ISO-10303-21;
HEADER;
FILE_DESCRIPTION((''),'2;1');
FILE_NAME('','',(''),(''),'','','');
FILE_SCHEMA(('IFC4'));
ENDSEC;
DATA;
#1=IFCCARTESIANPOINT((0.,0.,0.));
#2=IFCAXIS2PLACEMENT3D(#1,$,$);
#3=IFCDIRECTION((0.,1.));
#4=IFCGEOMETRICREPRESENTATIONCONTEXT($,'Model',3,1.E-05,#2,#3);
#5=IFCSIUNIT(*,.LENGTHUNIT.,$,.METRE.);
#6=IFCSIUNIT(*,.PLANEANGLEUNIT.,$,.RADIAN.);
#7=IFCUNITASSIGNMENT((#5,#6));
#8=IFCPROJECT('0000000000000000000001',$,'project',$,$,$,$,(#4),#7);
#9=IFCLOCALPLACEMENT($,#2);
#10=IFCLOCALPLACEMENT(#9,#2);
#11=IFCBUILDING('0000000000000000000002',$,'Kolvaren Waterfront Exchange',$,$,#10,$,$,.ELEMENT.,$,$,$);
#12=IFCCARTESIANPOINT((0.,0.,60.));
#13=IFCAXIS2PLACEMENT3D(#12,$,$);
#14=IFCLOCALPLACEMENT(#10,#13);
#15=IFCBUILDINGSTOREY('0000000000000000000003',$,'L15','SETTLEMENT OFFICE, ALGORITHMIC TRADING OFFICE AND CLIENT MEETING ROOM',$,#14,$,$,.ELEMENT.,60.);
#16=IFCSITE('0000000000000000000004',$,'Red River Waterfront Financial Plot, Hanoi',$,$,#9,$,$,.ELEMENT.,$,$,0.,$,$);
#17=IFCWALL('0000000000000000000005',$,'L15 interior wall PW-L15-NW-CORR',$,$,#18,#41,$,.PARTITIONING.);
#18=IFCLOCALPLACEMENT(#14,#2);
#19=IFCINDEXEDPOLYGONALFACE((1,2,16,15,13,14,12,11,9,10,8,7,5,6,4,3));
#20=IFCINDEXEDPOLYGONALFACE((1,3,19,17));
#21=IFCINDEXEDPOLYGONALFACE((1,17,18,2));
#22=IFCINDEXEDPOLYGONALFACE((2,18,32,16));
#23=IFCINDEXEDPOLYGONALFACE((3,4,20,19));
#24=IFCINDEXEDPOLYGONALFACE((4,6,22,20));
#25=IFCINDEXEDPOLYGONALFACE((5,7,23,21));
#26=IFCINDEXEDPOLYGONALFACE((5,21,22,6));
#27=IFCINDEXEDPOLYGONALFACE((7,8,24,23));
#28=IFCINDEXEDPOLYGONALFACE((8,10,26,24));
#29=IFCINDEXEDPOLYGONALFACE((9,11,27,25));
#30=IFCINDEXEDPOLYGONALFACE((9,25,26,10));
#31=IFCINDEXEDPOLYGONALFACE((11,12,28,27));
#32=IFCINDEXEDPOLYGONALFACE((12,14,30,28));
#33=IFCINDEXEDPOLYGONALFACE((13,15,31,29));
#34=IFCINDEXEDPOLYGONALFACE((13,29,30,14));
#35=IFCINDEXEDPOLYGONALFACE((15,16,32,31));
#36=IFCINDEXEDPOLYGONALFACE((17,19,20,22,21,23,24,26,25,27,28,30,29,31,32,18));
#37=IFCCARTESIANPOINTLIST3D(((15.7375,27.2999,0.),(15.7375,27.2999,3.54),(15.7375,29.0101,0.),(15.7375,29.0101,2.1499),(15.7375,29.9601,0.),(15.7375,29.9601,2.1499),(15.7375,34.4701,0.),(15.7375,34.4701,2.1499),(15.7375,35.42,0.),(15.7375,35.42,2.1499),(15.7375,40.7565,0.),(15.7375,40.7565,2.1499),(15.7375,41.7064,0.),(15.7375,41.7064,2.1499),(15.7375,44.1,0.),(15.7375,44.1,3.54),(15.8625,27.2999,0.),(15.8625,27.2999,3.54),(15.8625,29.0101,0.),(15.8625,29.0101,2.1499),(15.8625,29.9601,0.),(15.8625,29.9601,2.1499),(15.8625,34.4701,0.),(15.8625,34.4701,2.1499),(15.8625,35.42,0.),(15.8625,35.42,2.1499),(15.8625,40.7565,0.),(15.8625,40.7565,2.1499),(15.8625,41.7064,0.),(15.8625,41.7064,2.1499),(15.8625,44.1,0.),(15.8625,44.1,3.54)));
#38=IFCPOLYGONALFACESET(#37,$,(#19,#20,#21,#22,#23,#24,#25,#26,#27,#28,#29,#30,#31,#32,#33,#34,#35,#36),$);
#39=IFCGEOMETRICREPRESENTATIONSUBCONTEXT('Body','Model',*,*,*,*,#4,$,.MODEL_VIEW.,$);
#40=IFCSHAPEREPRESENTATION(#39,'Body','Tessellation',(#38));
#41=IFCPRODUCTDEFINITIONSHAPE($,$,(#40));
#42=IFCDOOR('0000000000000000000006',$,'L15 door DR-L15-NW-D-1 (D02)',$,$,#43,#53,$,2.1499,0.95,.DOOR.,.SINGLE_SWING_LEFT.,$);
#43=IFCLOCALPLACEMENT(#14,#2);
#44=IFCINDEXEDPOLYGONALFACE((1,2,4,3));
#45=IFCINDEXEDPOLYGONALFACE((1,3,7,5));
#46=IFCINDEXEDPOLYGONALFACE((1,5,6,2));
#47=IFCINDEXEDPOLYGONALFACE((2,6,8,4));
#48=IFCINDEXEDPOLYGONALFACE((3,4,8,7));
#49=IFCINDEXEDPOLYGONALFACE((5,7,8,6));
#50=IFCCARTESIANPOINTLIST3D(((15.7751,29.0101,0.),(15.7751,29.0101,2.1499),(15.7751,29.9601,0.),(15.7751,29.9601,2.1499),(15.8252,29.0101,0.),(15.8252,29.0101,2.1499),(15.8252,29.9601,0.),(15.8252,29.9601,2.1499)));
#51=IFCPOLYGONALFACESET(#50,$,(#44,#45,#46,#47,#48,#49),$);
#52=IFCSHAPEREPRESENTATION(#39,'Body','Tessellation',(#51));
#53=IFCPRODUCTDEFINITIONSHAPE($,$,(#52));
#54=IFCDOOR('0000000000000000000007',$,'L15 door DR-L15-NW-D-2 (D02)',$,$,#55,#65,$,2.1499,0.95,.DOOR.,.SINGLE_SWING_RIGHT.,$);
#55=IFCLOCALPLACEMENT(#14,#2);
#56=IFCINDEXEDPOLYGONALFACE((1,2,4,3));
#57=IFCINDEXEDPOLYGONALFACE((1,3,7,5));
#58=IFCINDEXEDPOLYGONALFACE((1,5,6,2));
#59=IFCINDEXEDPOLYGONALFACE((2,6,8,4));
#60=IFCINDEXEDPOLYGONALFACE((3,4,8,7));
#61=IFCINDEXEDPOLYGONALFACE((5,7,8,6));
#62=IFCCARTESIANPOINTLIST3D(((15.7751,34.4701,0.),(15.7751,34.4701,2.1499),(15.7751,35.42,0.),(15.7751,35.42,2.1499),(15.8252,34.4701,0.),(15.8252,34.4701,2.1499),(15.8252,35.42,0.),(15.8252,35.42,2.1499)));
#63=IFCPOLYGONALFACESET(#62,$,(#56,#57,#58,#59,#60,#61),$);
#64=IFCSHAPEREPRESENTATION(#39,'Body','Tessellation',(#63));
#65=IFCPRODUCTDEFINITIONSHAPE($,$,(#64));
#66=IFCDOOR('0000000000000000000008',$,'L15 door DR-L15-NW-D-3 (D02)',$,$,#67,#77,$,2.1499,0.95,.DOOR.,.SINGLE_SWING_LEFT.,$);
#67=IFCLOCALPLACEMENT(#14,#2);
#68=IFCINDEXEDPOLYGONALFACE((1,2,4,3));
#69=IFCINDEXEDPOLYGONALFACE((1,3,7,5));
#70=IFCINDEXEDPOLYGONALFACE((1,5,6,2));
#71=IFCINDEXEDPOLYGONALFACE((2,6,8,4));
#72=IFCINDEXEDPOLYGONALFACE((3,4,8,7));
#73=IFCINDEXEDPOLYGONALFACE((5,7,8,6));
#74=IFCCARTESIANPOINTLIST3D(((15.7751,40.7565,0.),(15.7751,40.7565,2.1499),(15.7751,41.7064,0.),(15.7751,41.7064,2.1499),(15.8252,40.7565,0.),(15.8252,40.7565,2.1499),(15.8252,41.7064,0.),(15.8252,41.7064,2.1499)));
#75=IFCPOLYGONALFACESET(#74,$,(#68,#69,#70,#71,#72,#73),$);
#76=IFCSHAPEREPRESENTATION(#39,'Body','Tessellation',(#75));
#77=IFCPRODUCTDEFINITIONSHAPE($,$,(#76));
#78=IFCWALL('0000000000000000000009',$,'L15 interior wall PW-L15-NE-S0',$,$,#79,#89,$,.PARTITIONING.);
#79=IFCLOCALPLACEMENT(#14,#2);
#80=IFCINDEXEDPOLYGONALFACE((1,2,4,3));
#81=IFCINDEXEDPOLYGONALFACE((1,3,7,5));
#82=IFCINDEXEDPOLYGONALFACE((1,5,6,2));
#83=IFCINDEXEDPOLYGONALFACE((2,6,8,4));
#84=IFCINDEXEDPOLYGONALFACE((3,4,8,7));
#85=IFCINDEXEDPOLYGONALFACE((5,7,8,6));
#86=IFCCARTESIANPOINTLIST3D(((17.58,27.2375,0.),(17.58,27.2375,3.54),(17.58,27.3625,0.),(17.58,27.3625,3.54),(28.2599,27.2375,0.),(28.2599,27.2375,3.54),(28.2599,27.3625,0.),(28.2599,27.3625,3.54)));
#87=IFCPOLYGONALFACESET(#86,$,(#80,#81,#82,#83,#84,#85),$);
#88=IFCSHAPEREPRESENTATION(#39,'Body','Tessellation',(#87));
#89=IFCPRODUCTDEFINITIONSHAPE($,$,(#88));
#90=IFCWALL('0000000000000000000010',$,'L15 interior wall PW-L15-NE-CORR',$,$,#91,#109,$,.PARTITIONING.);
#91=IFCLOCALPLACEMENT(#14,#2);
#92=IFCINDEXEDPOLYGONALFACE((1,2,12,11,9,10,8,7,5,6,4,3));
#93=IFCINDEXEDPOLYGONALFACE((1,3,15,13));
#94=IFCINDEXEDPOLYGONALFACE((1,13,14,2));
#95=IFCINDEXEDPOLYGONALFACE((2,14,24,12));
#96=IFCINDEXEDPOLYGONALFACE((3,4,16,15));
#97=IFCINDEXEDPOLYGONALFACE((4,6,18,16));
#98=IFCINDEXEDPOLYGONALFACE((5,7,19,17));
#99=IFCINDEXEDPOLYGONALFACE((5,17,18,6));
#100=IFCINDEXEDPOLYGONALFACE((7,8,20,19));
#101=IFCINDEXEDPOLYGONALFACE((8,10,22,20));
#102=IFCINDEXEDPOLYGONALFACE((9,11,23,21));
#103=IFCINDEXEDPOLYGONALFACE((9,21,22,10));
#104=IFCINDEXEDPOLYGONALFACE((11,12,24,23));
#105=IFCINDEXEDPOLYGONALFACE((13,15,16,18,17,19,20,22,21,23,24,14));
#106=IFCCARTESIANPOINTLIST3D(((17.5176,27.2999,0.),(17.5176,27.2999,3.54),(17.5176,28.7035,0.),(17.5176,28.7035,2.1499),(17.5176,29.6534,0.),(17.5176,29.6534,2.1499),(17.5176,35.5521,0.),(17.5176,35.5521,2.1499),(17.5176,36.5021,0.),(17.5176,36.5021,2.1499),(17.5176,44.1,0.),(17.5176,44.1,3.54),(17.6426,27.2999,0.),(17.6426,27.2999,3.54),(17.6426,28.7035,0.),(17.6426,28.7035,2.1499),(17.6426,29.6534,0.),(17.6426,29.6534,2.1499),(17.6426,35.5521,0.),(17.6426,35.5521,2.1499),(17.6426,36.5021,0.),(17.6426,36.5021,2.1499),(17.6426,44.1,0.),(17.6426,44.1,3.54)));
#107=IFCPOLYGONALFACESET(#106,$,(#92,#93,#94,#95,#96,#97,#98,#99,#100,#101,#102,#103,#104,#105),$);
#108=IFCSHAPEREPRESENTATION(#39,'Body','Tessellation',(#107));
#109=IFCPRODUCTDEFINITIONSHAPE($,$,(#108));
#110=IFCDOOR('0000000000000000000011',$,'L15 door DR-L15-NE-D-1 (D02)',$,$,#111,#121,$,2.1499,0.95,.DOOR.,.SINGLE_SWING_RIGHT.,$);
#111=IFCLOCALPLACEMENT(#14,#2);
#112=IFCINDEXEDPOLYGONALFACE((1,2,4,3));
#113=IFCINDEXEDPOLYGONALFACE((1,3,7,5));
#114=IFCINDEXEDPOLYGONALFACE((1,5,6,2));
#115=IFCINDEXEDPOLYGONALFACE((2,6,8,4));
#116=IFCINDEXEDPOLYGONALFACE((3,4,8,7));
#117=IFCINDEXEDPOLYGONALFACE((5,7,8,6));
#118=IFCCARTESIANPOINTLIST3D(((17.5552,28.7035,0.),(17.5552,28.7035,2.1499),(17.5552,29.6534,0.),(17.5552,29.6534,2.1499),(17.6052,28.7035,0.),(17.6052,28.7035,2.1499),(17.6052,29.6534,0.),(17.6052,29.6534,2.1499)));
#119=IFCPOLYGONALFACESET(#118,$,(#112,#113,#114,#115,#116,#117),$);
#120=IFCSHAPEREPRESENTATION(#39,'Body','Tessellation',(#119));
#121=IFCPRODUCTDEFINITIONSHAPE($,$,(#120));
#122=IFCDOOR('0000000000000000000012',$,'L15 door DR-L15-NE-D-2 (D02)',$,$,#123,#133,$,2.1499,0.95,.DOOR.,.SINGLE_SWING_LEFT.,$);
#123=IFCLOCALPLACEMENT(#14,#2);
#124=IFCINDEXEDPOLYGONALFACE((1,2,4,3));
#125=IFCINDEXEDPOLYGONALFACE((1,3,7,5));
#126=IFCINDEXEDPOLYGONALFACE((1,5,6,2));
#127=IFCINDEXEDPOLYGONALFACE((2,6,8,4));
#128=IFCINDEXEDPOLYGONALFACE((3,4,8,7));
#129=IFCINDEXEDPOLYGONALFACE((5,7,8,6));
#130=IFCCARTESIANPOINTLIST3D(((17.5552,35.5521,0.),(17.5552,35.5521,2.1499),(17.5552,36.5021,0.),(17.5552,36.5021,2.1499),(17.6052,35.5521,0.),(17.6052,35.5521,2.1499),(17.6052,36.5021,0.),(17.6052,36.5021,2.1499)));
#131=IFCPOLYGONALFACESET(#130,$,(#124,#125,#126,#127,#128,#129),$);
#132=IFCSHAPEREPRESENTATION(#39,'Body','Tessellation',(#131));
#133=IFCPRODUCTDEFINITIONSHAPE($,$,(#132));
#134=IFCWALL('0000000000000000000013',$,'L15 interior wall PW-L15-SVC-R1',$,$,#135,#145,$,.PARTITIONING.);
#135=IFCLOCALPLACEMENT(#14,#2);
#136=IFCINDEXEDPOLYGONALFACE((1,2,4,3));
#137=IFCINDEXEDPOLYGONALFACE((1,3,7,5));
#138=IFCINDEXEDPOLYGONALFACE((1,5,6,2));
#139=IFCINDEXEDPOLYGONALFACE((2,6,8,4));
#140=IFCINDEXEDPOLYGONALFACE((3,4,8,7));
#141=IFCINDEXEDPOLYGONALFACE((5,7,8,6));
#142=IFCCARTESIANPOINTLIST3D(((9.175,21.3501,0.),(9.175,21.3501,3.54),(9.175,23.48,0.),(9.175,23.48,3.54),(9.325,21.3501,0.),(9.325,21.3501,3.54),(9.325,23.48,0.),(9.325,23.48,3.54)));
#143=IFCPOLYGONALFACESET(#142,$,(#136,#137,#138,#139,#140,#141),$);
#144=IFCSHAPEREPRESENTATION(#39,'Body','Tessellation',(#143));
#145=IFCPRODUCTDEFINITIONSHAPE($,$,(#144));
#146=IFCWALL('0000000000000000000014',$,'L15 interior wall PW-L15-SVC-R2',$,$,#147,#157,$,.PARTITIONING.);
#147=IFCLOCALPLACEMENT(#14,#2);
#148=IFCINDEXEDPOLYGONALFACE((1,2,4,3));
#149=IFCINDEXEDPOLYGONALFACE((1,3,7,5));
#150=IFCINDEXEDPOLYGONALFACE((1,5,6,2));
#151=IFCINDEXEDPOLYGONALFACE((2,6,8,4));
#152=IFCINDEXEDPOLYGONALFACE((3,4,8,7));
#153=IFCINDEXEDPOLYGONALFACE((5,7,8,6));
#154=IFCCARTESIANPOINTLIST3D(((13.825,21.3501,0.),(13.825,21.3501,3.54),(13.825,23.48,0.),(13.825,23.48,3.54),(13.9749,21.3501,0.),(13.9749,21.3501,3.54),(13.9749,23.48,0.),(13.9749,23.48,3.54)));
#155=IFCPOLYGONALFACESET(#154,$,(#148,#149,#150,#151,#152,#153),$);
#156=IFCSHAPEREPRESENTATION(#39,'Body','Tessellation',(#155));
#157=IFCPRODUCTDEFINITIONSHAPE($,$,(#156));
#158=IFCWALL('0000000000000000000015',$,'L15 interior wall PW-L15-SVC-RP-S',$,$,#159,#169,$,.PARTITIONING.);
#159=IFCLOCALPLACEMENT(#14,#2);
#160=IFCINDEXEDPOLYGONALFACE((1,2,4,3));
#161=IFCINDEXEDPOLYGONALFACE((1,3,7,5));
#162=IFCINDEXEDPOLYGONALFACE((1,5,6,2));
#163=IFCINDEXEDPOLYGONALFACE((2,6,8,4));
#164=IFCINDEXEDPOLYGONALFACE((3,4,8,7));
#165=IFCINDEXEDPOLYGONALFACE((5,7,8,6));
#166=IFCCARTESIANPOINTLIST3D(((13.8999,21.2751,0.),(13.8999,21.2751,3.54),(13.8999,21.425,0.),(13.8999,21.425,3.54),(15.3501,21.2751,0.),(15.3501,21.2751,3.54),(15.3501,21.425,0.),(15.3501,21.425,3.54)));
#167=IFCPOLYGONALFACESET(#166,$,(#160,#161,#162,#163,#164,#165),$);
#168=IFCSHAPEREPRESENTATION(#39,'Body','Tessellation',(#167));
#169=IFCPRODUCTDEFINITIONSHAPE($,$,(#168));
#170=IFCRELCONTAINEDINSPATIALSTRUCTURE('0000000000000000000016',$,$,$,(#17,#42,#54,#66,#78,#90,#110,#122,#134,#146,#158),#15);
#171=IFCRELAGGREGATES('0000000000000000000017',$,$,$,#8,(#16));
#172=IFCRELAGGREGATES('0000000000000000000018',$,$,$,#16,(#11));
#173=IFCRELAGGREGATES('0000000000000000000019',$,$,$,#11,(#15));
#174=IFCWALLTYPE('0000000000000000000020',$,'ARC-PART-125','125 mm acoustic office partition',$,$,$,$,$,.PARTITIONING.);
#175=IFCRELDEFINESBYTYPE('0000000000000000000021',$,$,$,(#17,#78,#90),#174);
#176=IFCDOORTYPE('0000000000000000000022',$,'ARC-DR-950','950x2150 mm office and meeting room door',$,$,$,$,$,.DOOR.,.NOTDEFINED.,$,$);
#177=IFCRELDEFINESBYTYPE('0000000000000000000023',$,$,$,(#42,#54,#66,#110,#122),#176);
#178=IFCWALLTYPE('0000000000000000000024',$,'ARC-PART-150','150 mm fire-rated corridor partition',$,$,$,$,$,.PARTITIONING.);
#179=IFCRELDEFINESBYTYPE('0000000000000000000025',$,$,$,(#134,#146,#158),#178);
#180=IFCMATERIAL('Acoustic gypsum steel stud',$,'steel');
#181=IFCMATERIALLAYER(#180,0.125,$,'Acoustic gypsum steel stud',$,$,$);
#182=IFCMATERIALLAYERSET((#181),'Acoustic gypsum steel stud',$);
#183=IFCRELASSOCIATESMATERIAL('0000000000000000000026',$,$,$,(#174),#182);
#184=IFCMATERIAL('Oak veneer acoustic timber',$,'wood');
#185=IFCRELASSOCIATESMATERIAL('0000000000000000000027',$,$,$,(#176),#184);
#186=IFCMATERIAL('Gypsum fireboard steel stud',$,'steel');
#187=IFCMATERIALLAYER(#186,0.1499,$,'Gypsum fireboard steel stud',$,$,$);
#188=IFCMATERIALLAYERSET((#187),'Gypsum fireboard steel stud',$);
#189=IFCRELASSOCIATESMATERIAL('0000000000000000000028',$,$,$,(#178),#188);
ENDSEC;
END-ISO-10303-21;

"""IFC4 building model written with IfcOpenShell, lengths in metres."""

from ifc_helpers import new_model, si_unit, direction, frame, frame_2d, origin, place, context, subcontext, project, spatial, rectangle, extrude, material, layer, layer_set, type_object, element, fill, save


model = new_model("IFC4")

# Units and contexts
model_context = context("Model", 3, precision=1e-05, world=origin(), true_north=direction((0.0, 1.0)))
body_context = subcontext(model_context, "Body", "Model", "MODEL_VIEW")
ifc_project = project(units=[si_unit("LENGTHUNIT", "METRE"), si_unit("PLANEANGLEUNIT", "RADIAN")], contexts=[model_context])

# Site, building, storey
site_placement = place(None, origin())
site = spatial("IfcSite", under=ifc_project, at=site_placement, Name="Red River Waterfront Financial Plot, Hanoi", CompositionType="ELEMENT", RefElevation=0.0)
building_placement = place(site_placement, origin())
building = spatial("IfcBuilding", under=site, at=building_placement, Name="Kolvaren Waterfront Exchange", CompositionType="ELEMENT")
storey_placement = place(building_placement, frame((0.0, 0.0, 60.0)))
storey = spatial("IfcBuildingStorey", under=building, at=storey_placement, Name="L15", Description="SETTLEMENT OFFICE, ALGORITHMIC TRADING OFFICE AND CLIENT MEETING ROOM", CompositionType="ELEMENT", Elevation=60.0)

# Shared definitions
ifc_material_1 = material(Name="Acoustic gypsum steel stud", Category="steel")
ifc_layer_1 = layer(ifc_material_1, 0.125, Name="Acoustic gypsum steel stud")
ifc_layer_set_1 = layer_set([ifc_layer_1], Name="Acoustic gypsum steel stud")
wall_type_1 = type_object("IfcWallType", Name="ARC-PART-125", Description="125 mm acoustic office partition", PredefinedType="PARTITIONING", material=ifc_layer_set_1)
ifc_material_2 = material(Name="Oak veneer acoustic timber", Category="wood")
door_type_1 = type_object("IfcDoorType", Name="ARC-DR-950", Description="950x2150 mm office and meeting room door", OperationType="NOTDEFINED", PredefinedType="DOOR", material=ifc_material_2)

# Wall, openings, doors
wall_1_placement = place(storey_placement, frame((15.8, 27.3, 0.0), z_axis=(0.0, 0.0, 1.0), x_axis=(0.0, 1.0, 0.0)))
wall_1 = element("IfcWall", 1, at=wall_1_placement, inside=storey, type_object=wall_type_1, Name="L15 interior wall PW-L15-NW-CORR", PredefinedType="PARTITIONING", context=body_context, shape_type="SweptSolid", body=[
    extrude(rectangle(XDim=16.8, YDim=0.125, at=frame_2d((8.3999, 0.0))), origin(), (0.0, 0.0, 1.0), 3.54),
])
opening_1_placement = place(wall_1_placement, frame((1.71, 0.0, 0.0)))
opening_1 = element("IfcOpeningElement", 2, at=opening_1_placement, cuts=wall_1, PredefinedType="OPENING", context=body_context, shape_type="SweptSolid", body=[
    extrude(rectangle(XDim=0.95, YDim=2.1499, at=frame_2d((0.4751, 1.075))), frame((0.0, 0.0725, 0.0), z_axis=(0.0, -1.0, 0.0), x_axis=(1.0, 0.0, 0.0)), (0.0, 0.0, 1.0), 0.145),
])
opening_2_placement = place(wall_1_placement, frame((7.1699, 0.0, 0.0)))
opening_2 = element("IfcOpeningElement", 3, at=opening_2_placement, cuts=wall_1, PredefinedType="OPENING", context=body_context, shape_type="SweptSolid", body=[
    extrude(rectangle(XDim=0.95, YDim=2.1499, at=frame_2d((0.4751, 1.075))), frame((0.0, 0.0725, 0.0), z_axis=(0.0, -1.0, 0.0), x_axis=(1.0, 0.0, 0.0)), (0.0, 0.0, 1.0), 0.145),
])
opening_3_placement = place(wall_1_placement, frame((13.4563, 0.0, 0.0)))
opening_3 = element("IfcOpeningElement", 4, at=opening_3_placement, cuts=wall_1, PredefinedType="OPENING", context=body_context, shape_type="SweptSolid", body=[
    extrude(rectangle(XDim=0.95, YDim=2.1499, at=frame_2d((0.4751, 1.075))), frame((0.0, 0.0725, 0.0), z_axis=(0.0, -1.0, 0.0), x_axis=(1.0, 0.0, 0.0)), (0.0, 0.0, 1.0), 0.145),
])
door_1_placement = place(opening_1_placement, origin())
door_1 = element("IfcDoor", 5, at=door_1_placement, inside=storey, type_object=door_type_1, Name="L15 door DR-L15-NW-D-1 (D02)", OperationType="SINGLE_SWING_LEFT", OverallHeight=2.1499, OverallWidth=0.95, PredefinedType="DOOR", context=body_context, shape_type="SweptSolid", body=[
    extrude(rectangle(XDim=0.95, YDim=2.1499, at=frame_2d((0.4751, 1.075))), frame((0.0, 0.0249, 0.0), z_axis=(0.0, -1.0, 0.0), x_axis=(1.0, 0.0, 0.0)), (0.0, 0.0, 1.0), 0.05),
])
fill(opening_1, door_1)
door_2_placement = place(opening_2_placement, origin())
door_2 = element("IfcDoor", 6, at=door_2_placement, inside=storey, type_object=door_type_1, Name="L15 door DR-L15-NW-D-2 (D02)", OperationType="SINGLE_SWING_RIGHT", OverallHeight=2.1499, OverallWidth=0.95, PredefinedType="DOOR", context=body_context, shape_type="SweptSolid", body=[
    extrude(rectangle(XDim=0.95, YDim=2.1499, at=frame_2d((0.4751, 1.075))), frame((0.0, 0.0249, 0.0), z_axis=(0.0, -1.0, 0.0), x_axis=(1.0, 0.0, 0.0)), (0.0, 0.0, 1.0), 0.05),
])
fill(opening_2, door_2)
door_3_placement = place(opening_3_placement, origin())
door_3 = element("IfcDoor", 7, at=door_3_placement, inside=storey, type_object=door_type_1, Name="L15 door DR-L15-NW-D-3 (D02)", OperationType="SINGLE_SWING_LEFT", OverallHeight=2.1499, OverallWidth=0.95, PredefinedType="DOOR", context=body_context, shape_type="SweptSolid", body=[
    extrude(rectangle(XDim=0.95, YDim=2.1499, at=frame_2d((0.4751, 1.075))), frame((0.0, 0.0249, 0.0), z_axis=(0.0, -1.0, 0.0), x_axis=(1.0, 0.0, 0.0)), (0.0, 0.0, 1.0), 0.05),
])
fill(opening_3, door_3)

# Wall
wall_2_placement = place(storey_placement, frame((17.5801, 27.3, 0.0), z_axis=(0.0, 0.0, 1.0), x_axis=(1.0, 0.0, 0.0)))
element("IfcWall", 8, at=wall_2_placement, inside=storey, type_object=wall_type_1, Name="L15 interior wall PW-L15-NE-S0", PredefinedType="PARTITIONING", context=body_context, shape_type="SweptSolid", body=[
    extrude(rectangle(XDim=10.6799, YDim=0.125, at=frame_2d((5.3398, 0.0))), origin(), (0.0, 0.0, 1.0), 3.54),
])

# Wall, openings, doors
wall_3_placement = place(storey_placement, frame((17.5801, 27.3, 0.0), z_axis=(0.0, 0.0, 1.0), x_axis=(0.0, 1.0, 0.0)))
wall_3 = element("IfcWall", 9, at=wall_3_placement, inside=storey, type_object=wall_type_1, Name="L15 interior wall PW-L15-NE-CORR", PredefinedType="PARTITIONING", context=body_context, shape_type="SweptSolid", body=[
    extrude(rectangle(XDim=16.8, YDim=0.125, at=frame_2d((8.3999, 0.0))), origin(), (0.0, 0.0, 1.0), 3.54),
])
opening_4_placement = place(wall_3_placement, frame((1.4033, 0.0, 0.0)))
opening_4 = element("IfcOpeningElement", 10, at=opening_4_placement, cuts=wall_3, PredefinedType="OPENING", context=body_context, shape_type="SweptSolid", body=[
    extrude(rectangle(XDim=0.95, YDim=2.1499, at=frame_2d((0.4751, 1.075))), frame((0.0, 0.0725, 0.0), z_axis=(0.0, -1.0, 0.0), x_axis=(1.0, 0.0, 0.0)), (0.0, 0.0, 1.0), 0.145),
])
opening_5_placement = place(wall_3_placement, frame((8.252, 0.0, 0.0)))
opening_5 = element("IfcOpeningElement", 11, at=opening_5_placement, cuts=wall_3, PredefinedType="OPENING", context=body_context, shape_type="SweptSolid", body=[
    extrude(rectangle(XDim=0.95, YDim=2.1499, at=frame_2d((0.4751, 1.075))), frame((0.0, 0.0725, 0.0), z_axis=(0.0, -1.0, 0.0), x_axis=(1.0, 0.0, 0.0)), (0.0, 0.0, 1.0), 0.145),
])
door_4_placement = place(opening_4_placement, origin())
door_4 = element("IfcDoor", 12, at=door_4_placement, inside=storey, type_object=door_type_1, Name="L15 door DR-L15-NE-D-1 (D02)", OperationType="SINGLE_SWING_RIGHT", OverallHeight=2.1499, OverallWidth=0.95, PredefinedType="DOOR", context=body_context, shape_type="SweptSolid", body=[
    extrude(rectangle(XDim=0.95, YDim=2.1499, at=frame_2d((0.4751, 1.075))), frame((0.0, 0.0249, 0.0), z_axis=(0.0, -1.0, 0.0), x_axis=(1.0, 0.0, 0.0)), (0.0, 0.0, 1.0), 0.05),
])
fill(opening_4, door_4)
door_5_placement = place(opening_5_placement, origin())
door_5 = element("IfcDoor", 13, at=door_5_placement, inside=storey, type_object=door_type_1, Name="L15 door DR-L15-NE-D-2 (D02)", OperationType="SINGLE_SWING_LEFT", OverallHeight=2.1499, OverallWidth=0.95, PredefinedType="DOOR", context=body_context, shape_type="SweptSolid", body=[
    extrude(rectangle(XDim=0.95, YDim=2.1499, at=frame_2d((0.4751, 1.075))), frame((0.0, 0.0249, 0.0), z_axis=(0.0, -1.0, 0.0), x_axis=(1.0, 0.0, 0.0)), (0.0, 0.0, 1.0), 0.05),
])
fill(opening_5, door_5)

# Walls
ifc_material_3 = material(Name="Gypsum fireboard steel stud", Category="steel")
ifc_layer_2 = layer(ifc_material_3, 0.1499, Name="Gypsum fireboard steel stud")
ifc_layer_set_2 = layer_set([ifc_layer_2], Name="Gypsum fireboard steel stud")
wall_type_2 = type_object("IfcWallType", Name="ARC-PART-150", Description="150 mm fire-rated corridor partition", PredefinedType="PARTITIONING", material=ifc_layer_set_2)
for number, where, z_axis, x_axis, name in (
    (14, (9.25, 21.3501, 0.0), (0.0, 0.0, 1.0), (0.0, 1.0, 0.0), "L15 interior wall PW-L15-SVC-R1"),
    (15, (13.8999, 21.3501, 0.0), (0.0, 0.0, 1.0), (0.0, 1.0, 0.0), "L15 interior wall PW-L15-SVC-R2"),
):
    element("IfcWall", number, at=place(storey_placement, frame(where, z_axis=z_axis, x_axis=x_axis)), inside=storey, type_object=wall_type_2, Name=name, PredefinedType="PARTITIONING", context=body_context, shape_type="SweptSolid", body=[
        extrude(rectangle(XDim=2.1299, YDim=0.1499, at=frame_2d((1.0649, 0.0))), origin(), (0.0, 0.0, 1.0), 3.54),
    ])

# Wall
wall_4_placement = place(storey_placement, frame((13.8999, 21.3501, 0.0), z_axis=(0.0, 0.0, 1.0), x_axis=(1.0, 0.0, 0.0)))
element("IfcWall", 16, at=wall_4_placement, inside=storey, type_object=wall_type_2, Name="L15 interior wall PW-L15-SVC-RP-S", PredefinedType="PARTITIONING", context=body_context, shape_type="SweptSolid", body=[
    extrude(rectangle(XDim=1.4502, YDim=0.1499, at=frame_2d((0.7251, 0.0))), origin(), (0.0, 0.0, 1.0), 3.54),
])

save(model, "model.ifc")
